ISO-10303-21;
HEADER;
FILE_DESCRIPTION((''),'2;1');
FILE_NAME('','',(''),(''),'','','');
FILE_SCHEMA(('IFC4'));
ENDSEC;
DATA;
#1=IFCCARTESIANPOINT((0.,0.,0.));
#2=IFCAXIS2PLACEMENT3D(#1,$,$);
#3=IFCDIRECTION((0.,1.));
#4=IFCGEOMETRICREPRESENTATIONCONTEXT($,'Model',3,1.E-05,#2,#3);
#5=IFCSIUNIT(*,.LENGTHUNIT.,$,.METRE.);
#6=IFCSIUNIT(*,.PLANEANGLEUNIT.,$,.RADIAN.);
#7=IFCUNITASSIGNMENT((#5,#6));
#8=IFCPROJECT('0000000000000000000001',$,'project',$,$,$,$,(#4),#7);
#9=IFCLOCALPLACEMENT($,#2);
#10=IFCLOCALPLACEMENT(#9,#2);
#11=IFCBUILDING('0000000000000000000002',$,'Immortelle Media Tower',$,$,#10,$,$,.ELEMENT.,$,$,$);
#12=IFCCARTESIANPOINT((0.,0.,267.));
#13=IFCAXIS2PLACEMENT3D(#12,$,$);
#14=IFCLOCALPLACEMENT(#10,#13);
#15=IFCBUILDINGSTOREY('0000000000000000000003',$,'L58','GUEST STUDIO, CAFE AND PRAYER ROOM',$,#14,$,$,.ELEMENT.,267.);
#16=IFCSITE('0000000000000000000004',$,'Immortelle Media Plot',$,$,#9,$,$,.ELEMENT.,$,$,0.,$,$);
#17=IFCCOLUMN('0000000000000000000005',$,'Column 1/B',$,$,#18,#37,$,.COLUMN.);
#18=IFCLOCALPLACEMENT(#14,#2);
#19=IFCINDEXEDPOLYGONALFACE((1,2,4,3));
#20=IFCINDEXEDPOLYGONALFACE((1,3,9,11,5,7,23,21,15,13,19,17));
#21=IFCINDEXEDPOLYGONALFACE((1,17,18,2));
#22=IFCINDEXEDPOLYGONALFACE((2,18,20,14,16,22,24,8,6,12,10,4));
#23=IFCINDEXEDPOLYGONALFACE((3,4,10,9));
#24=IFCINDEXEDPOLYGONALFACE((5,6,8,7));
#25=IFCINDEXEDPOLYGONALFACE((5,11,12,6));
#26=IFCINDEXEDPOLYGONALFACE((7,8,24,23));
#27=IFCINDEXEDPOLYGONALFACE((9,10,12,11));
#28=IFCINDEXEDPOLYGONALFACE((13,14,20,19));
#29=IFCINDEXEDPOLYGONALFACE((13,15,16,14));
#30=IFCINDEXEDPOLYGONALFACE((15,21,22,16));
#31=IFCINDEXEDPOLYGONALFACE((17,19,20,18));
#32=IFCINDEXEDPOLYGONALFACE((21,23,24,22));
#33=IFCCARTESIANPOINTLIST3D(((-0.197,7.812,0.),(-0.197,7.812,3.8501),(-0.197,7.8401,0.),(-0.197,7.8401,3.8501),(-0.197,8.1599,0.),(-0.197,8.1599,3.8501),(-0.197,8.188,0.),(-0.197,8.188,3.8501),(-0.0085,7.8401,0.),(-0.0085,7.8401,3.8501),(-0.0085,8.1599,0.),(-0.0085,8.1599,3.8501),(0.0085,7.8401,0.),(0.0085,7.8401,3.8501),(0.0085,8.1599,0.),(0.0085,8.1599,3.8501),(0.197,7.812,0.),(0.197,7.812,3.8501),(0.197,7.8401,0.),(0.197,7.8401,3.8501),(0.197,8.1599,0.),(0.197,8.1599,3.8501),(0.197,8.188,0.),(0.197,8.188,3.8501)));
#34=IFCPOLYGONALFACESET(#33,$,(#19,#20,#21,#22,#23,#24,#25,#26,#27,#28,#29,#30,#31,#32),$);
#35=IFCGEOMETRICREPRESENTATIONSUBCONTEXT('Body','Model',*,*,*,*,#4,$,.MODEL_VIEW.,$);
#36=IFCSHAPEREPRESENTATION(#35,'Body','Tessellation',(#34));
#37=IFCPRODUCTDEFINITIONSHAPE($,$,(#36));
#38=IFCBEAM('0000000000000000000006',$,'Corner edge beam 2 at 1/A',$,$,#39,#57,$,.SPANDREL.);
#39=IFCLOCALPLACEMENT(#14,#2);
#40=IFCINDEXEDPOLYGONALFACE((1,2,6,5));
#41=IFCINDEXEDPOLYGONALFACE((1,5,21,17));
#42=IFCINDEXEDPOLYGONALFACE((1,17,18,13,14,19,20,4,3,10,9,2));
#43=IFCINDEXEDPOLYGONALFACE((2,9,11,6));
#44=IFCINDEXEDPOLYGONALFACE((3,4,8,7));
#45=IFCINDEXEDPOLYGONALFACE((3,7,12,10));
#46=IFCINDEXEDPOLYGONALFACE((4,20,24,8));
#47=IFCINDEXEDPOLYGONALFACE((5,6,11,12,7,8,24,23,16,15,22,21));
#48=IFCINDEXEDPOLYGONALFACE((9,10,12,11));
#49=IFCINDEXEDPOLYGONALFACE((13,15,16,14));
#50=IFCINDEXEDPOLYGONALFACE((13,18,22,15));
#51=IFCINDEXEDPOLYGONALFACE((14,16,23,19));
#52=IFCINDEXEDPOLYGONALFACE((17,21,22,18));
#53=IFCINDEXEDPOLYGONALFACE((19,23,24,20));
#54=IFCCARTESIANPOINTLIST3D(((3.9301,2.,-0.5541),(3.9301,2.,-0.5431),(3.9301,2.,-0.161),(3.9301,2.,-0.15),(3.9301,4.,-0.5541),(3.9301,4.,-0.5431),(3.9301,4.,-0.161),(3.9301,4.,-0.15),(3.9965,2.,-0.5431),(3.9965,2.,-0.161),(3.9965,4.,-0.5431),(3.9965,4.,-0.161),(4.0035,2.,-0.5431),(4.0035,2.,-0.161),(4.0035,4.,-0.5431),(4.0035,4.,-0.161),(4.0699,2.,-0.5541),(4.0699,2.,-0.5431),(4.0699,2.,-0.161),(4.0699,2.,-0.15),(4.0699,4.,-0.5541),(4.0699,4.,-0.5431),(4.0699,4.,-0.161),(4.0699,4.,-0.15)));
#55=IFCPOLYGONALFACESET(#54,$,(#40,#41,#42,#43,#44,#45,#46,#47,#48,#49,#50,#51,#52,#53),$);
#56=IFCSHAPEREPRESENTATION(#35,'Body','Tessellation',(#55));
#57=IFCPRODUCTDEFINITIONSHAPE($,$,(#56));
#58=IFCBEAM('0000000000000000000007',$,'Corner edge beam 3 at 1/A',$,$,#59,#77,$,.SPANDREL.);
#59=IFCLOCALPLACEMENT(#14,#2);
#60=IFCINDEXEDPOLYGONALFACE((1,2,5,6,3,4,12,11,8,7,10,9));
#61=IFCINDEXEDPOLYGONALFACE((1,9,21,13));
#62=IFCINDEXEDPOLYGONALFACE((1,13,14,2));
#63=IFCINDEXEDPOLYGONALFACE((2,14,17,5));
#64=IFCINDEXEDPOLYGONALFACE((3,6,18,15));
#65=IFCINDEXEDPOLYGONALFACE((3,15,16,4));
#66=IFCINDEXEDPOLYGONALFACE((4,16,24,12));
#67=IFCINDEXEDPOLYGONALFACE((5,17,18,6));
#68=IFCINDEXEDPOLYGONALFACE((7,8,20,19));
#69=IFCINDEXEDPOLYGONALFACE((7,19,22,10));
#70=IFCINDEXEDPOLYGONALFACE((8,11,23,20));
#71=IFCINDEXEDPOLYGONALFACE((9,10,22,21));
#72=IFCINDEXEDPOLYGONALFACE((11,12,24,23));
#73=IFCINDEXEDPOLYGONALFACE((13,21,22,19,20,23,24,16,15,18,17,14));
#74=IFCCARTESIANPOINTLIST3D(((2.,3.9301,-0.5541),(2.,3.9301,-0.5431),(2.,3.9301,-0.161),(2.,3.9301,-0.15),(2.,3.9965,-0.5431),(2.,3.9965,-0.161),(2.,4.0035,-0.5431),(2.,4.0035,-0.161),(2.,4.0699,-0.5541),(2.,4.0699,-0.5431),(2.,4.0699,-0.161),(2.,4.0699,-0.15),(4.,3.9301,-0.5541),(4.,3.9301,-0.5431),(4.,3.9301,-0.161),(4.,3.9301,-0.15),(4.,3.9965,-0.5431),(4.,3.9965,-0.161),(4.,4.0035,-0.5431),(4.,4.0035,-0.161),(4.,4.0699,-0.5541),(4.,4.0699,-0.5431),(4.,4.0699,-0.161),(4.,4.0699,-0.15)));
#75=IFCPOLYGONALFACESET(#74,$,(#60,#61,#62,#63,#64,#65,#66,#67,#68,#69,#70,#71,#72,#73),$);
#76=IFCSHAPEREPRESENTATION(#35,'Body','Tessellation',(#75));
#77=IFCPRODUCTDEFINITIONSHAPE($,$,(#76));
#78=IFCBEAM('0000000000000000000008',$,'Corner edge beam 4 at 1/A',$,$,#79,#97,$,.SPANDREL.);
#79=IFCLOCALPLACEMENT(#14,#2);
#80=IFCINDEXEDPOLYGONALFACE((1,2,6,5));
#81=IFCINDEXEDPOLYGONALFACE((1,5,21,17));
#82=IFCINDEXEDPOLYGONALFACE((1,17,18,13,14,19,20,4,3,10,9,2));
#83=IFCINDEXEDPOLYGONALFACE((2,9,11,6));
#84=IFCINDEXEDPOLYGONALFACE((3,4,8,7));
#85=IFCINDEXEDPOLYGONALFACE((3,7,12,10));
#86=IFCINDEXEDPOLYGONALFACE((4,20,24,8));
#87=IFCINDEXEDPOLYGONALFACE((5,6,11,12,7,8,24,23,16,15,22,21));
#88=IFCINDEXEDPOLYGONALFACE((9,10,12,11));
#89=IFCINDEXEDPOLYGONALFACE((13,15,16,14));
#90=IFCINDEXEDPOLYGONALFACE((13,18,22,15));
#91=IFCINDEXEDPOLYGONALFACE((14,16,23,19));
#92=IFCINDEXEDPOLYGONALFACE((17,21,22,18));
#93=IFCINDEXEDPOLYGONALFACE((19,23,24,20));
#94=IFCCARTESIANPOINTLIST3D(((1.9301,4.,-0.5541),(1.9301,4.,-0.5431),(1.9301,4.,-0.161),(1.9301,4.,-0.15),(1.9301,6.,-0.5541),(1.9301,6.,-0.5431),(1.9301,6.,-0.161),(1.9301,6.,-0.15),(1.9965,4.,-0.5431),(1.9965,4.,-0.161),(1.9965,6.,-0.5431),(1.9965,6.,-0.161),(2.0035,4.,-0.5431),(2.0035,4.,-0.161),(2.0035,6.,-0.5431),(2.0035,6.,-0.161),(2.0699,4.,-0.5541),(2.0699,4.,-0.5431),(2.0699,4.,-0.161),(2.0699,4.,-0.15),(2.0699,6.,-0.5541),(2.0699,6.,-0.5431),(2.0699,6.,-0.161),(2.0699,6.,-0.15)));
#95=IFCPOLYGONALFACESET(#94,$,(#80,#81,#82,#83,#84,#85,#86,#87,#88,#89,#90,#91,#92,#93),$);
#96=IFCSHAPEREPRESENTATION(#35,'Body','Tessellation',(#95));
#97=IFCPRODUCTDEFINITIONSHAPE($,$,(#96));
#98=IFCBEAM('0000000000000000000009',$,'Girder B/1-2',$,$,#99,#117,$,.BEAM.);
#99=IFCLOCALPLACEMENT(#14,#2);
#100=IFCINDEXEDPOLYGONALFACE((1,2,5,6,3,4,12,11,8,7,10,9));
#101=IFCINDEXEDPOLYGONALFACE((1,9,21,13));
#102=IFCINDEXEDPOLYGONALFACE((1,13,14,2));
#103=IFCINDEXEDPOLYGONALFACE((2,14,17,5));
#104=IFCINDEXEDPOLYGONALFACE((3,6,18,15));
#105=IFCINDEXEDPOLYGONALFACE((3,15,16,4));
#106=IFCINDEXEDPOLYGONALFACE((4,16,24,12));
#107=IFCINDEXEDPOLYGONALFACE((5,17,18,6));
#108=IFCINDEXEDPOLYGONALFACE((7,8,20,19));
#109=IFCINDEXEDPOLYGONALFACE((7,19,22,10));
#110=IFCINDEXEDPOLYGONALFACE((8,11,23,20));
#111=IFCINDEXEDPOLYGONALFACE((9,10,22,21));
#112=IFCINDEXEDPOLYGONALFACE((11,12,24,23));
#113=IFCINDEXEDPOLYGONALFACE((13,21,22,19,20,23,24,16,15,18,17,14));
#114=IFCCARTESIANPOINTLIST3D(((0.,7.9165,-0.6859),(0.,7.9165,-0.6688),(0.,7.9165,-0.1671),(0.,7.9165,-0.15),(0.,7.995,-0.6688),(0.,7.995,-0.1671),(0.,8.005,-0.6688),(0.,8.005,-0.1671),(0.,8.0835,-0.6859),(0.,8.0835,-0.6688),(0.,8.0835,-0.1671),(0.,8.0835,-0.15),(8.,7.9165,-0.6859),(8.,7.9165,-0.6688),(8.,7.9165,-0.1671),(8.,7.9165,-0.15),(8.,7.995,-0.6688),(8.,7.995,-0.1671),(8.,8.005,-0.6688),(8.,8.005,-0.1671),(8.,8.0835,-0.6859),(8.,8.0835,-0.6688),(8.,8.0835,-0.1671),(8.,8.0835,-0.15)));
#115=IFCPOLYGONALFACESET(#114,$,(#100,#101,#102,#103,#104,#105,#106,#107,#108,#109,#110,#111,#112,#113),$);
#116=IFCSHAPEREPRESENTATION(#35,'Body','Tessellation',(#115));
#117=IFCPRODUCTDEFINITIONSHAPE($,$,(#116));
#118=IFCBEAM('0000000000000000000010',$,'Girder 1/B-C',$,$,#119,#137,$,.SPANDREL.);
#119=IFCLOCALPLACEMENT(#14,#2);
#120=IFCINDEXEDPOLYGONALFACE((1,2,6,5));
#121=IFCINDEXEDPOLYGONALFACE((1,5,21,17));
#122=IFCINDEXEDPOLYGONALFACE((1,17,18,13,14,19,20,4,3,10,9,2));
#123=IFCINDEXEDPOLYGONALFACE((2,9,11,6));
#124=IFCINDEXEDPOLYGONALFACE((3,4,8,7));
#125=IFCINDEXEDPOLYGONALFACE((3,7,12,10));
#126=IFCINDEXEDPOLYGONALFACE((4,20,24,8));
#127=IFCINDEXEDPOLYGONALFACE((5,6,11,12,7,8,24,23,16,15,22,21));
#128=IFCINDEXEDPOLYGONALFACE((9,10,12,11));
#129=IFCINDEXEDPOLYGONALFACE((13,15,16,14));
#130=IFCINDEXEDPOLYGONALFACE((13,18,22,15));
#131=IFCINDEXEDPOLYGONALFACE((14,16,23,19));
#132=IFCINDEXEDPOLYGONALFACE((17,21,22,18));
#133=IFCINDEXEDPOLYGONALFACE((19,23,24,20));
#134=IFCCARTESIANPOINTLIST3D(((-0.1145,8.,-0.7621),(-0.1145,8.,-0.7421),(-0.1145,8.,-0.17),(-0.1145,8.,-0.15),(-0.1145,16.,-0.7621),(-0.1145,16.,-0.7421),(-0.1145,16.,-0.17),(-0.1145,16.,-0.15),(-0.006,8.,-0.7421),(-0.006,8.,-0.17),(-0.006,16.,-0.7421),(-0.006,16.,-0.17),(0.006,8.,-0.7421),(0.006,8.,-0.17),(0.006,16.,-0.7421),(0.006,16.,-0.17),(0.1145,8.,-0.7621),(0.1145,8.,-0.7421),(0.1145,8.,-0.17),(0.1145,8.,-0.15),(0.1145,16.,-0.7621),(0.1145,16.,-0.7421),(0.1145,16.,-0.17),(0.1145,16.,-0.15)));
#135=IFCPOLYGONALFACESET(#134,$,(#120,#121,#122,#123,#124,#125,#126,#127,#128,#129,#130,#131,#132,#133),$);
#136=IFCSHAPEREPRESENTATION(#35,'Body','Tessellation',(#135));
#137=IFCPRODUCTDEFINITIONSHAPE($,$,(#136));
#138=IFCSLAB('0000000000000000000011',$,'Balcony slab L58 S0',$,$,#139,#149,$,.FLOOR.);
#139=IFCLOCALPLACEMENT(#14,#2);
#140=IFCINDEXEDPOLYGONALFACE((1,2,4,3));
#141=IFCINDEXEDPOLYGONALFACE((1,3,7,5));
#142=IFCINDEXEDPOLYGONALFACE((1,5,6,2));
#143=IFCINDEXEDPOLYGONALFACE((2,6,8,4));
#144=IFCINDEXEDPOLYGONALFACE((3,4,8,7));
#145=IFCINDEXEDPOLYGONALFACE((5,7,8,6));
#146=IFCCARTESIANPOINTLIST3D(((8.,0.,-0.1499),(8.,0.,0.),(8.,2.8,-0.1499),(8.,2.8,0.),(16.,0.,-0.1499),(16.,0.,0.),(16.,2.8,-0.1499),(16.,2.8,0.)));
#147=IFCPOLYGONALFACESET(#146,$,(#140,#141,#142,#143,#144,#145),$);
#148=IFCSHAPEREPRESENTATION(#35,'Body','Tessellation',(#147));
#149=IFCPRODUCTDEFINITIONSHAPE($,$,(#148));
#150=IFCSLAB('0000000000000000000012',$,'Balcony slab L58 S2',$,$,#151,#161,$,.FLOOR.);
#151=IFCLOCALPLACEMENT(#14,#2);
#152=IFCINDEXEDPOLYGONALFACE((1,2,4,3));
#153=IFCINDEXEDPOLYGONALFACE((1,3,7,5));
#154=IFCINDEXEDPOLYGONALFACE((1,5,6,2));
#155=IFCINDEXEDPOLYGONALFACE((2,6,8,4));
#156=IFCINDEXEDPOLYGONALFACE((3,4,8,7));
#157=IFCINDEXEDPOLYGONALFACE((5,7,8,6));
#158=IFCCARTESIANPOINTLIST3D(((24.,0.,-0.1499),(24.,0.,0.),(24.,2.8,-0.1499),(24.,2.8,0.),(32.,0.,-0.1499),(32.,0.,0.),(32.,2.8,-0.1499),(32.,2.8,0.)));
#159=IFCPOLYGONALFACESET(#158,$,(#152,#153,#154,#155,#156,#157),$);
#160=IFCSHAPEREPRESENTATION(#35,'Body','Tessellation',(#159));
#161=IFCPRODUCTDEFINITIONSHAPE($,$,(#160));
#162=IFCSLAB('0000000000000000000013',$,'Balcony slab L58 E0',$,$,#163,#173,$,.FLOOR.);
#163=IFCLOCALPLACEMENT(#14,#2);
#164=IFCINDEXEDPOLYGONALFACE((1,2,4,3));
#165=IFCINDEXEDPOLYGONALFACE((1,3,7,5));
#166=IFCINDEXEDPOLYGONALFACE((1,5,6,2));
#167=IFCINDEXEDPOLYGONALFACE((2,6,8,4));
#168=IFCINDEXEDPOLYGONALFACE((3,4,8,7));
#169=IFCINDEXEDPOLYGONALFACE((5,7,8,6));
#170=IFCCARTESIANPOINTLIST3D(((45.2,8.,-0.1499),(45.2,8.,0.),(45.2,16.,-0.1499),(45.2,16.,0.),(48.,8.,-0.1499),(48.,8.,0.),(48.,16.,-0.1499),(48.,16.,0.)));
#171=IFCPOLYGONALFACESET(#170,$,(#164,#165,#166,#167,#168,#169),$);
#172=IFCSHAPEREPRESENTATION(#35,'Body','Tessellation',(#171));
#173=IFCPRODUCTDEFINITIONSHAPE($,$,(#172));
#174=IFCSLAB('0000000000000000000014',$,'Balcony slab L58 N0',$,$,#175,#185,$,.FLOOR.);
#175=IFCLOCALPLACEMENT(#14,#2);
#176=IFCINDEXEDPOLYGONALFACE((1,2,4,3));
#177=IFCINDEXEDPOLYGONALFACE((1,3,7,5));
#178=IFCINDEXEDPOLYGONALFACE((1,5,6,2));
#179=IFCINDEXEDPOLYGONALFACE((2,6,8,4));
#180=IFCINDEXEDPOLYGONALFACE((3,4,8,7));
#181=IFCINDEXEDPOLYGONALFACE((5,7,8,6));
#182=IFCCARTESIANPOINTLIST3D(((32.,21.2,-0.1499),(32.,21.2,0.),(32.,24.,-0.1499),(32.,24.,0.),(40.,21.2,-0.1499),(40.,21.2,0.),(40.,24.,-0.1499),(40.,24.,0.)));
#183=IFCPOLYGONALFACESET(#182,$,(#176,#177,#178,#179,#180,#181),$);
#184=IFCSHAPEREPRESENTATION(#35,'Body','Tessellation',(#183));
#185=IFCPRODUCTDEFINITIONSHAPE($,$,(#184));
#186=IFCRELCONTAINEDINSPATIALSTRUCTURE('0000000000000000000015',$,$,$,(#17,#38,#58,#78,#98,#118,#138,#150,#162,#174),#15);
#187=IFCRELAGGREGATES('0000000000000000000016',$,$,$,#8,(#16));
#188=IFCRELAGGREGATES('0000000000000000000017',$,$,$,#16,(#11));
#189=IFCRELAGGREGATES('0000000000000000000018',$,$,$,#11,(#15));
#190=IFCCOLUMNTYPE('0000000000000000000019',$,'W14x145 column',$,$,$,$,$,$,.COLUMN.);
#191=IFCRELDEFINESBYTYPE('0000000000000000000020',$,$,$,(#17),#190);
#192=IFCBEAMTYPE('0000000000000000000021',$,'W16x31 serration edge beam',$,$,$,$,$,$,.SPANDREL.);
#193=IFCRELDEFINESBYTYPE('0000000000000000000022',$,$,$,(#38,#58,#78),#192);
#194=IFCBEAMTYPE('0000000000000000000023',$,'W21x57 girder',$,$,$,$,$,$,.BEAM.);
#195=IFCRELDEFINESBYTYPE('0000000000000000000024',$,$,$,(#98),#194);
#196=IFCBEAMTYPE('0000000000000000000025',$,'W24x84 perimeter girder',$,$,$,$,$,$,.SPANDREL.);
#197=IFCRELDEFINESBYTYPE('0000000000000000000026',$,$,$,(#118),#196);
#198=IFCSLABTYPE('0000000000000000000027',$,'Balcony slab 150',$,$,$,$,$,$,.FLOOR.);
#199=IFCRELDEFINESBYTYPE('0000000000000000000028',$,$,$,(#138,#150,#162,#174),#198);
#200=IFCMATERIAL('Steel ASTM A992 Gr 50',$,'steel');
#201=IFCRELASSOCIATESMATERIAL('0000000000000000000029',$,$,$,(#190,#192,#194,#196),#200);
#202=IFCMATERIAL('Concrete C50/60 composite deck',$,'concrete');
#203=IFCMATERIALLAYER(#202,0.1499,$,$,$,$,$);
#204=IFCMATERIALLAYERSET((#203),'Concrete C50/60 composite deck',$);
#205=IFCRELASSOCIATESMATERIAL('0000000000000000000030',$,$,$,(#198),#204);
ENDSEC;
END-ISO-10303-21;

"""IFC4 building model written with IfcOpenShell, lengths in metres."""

from ifc_helpers import new_model, si_unit, direction, frame, origin, origin_2d, place, context, subcontext, project, spatial, polyline, i_section, outline, extrude, material, layer, layer_set, material_profile, profile_set, type_object, element, save


model = new_model("IFC4")

# Units and contexts
model_context = context("Model", 3, precision=1e-05, world=origin(), true_north=direction((0.0, 1.0)))
body_context = subcontext(model_context, "Body", "Model", "MODEL_VIEW")
ifc_project = project(units=[si_unit("LENGTHUNIT", "METRE"), si_unit("PLANEANGLEUNIT", "RADIAN")], contexts=[model_context])

# Site, building, storey
site_placement = place(None, origin())
site = spatial("IfcSite", under=ifc_project, at=site_placement, Name="Immortelle Media Plot", CompositionType="ELEMENT", RefElevation=0.0)
building_placement = place(site_placement, origin())
building = spatial("IfcBuilding", under=site, at=building_placement, Name="Immortelle Media Tower", CompositionType="ELEMENT")
storey_placement = place(building_placement, frame((0.0, 0.0, 267.0)))
storey = spatial("IfcBuildingStorey", under=building, at=storey_placement, Name="L58", Description="GUEST STUDIO, CAFE AND PRAYER ROOM", CompositionType="ELEMENT", Elevation=267.0)

# Column
ifc_material_1 = material(Name="Steel ASTM A992 Gr 50", Category="steel")
ifc_material_profile_1 = material_profile(ifc_material_1, i_section(OverallWidth=0.394, OverallDepth=0.376, WebThickness=0.0171, FlangeThickness=0.0281, at=origin_2d()), Name="W14x145")
ifc_profile_set_1 = profile_set([ifc_material_profile_1], Name="Steel ASTM A992 Gr 50")
column_type = type_object("IfcColumnType", Name="W14x145 column", PredefinedType="COLUMN", material=ifc_profile_set_1)
column_placement = place(storey_placement, frame((0.0, 8.0, 0.0), z_axis=(0.0, 0.0, 1.0), x_axis=(1.0, 0.0, 0.0)))
element("IfcColumn", 1, at=column_placement, inside=storey, type_object=column_type, Name="Column 1/B", PredefinedType="COLUMN", context=body_context, shape_type="SweptSolid", body=[
    extrude(i_section(OverallWidth=0.394, OverallDepth=0.376, WebThickness=0.0171, FlangeThickness=0.0281, at=origin_2d()), origin(), (0.0, 0.0, 1.0), 3.8501),
])

# Beams
ifc_material_profile_2 = material_profile(ifc_material_1, i_section(OverallWidth=0.1399, OverallDepth=0.4041, WebThickness=0.0071, FlangeThickness=0.011, at=origin_2d()), Name="W16x31")
ifc_profile_set_2 = profile_set([ifc_material_profile_2], Name="Steel ASTM A992 Gr 50")
beam_type_1 = type_object("IfcBeamType", Name="W16x31 serration edge beam", PredefinedType="SPANDREL", material=ifc_profile_set_2)
for number, where, z_axis, x_axis, name in (
    (2, (4.0, 2.0, -0.3521), (0.0, 1.0, 0.0), (-1.0, 0.0, 0.0), "Corner edge beam 2 at 1/A"),
    (3, (4.0, 4.0, -0.3521), (-1.0, 0.0, 0.0), (0.0, -1.0, 0.0), "Corner edge beam 3 at 1/A"),
    (4, (2.0, 4.0, -0.3521), (0.0, 1.0, 0.0), (-1.0, 0.0, 0.0), "Corner edge beam 4 at 1/A"),
):
    element("IfcBeam", number, at=place(storey_placement, frame(where, z_axis=z_axis, x_axis=x_axis)), inside=storey, type_object=beam_type_1, Name=name, PredefinedType="SPANDREL", context=body_context, shape_type="SweptSolid", body=[
        extrude(i_section(OverallWidth=0.1399, OverallDepth=0.4041, WebThickness=0.0071, FlangeThickness=0.011, at=origin_2d()), origin(), (0.0, 0.0, 1.0), 2.0),
    ])
ifc_material_profile_3 = material_profile(ifc_material_1, i_section(OverallWidth=0.167, OverallDepth=0.5359, WebThickness=0.01, FlangeThickness=0.0171, at=origin_2d()), Name="W21x57")
ifc_profile_set_3 = profile_set([ifc_material_profile_3], Name="Steel ASTM A992 Gr 50")
beam_type_2 = type_object("IfcBeamType", Name="W21x57 girder", PredefinedType="BEAM", material=ifc_profile_set_3)
beam_1_placement = place(storey_placement, frame((0.0, 8.0, -0.418), z_axis=(1.0, 0.0, 0.0), x_axis=(0.0, 1.0, 0.0)))
element("IfcBeam", 5, at=beam_1_placement, inside=storey, type_object=beam_type_2, Name="Girder B/1-2", PredefinedType="BEAM", context=body_context, shape_type="SweptSolid", body=[
    extrude(i_section(OverallWidth=0.167, OverallDepth=0.5359, WebThickness=0.01, FlangeThickness=0.0171, at=origin_2d()), origin(), (0.0, 0.0, 1.0), 8.0),
])
ifc_material_profile_4 = material_profile(ifc_material_1, i_section(OverallWidth=0.229, OverallDepth=0.6121, WebThickness=0.012, FlangeThickness=0.02, at=origin_2d()), Name="W24x84")
ifc_profile_set_4 = profile_set([ifc_material_profile_4], Name="Steel ASTM A992 Gr 50")
beam_type_3 = type_object("IfcBeamType", Name="W24x84 perimeter girder", PredefinedType="SPANDREL", material=ifc_profile_set_4)
beam_2_placement = place(storey_placement, frame((0.0, 8.0, -0.4561), z_axis=(0.0, 1.0, 0.0), x_axis=(-1.0, 0.0, 0.0)))
element("IfcBeam", 6, at=beam_2_placement, inside=storey, type_object=beam_type_3, Name="Girder 1/B-C", PredefinedType="SPANDREL", context=body_context, shape_type="SweptSolid", body=[
    extrude(i_section(OverallWidth=0.229, OverallDepth=0.6121, WebThickness=0.012, FlangeThickness=0.02, at=origin_2d()), origin(), (0.0, 0.0, 1.0), 8.0),
])

# Slabs
ifc_material_2 = material(Name="Concrete C50/60 composite deck", Category="concrete")
ifc_layer_1 = layer(ifc_material_2, 0.1499)
ifc_layer_set_1 = layer_set([ifc_layer_1], Name="Concrete C50/60 composite deck")
slab_type_1 = type_object("IfcSlabType", Name="Balcony slab 150", PredefinedType="FLOOR", material=ifc_layer_set_1)
slab_1_placement = place(storey_placement, frame((0.0, 0.0, -0.1499)))
element("IfcSlab", 7, at=slab_1_placement, inside=storey, type_object=slab_type_1, Name="Balcony slab L58 S0", PredefinedType="FLOOR", context=body_context, shape_type="SweptSolid", body=[
    extrude(outline(polyline([(16.0, 0.0), (16.0, 2.8), (8.0, 2.8), (8.0, 0.0), (16.0, 0.0)])), origin(), (0.0, 0.0, 1.0), 0.1499),
])
slab_2_placement = place(storey_placement, frame((0.0, 0.0, -0.1499)))
element("IfcSlab", 8, at=slab_2_placement, inside=storey, type_object=slab_type_1, Name="Balcony slab L58 S2", PredefinedType="FLOOR", context=body_context, shape_type="SweptSolid", body=[
    extrude(outline(polyline([(32.0, 0.0), (32.0, 2.8), (24.0, 2.8), (24.0, 0.0), (32.0, 0.0)])), origin(), (0.0, 0.0, 1.0), 0.1499),
])
slab_3_placement = place(storey_placement, frame((0.0, 0.0, -0.1499)))
element("IfcSlab", 9, at=slab_3_placement, inside=storey, type_object=slab_type_1, Name="Balcony slab L58 E0", PredefinedType="FLOOR", context=body_context, shape_type="SweptSolid", body=[
    extrude(outline(polyline([(48.0, 8.0), (48.0, 16.0), (45.2, 16.0), (45.2, 8.0), (48.0, 8.0)])), origin(), (0.0, 0.0, 1.0), 0.1499),
])
slab_4_placement = place(storey_placement, frame((0.0, 0.0, -0.1499)))
element("IfcSlab", 10, at=slab_4_placement, inside=storey, type_object=slab_type_1, Name="Balcony slab L58 N0", PredefinedType="FLOOR", context=body_context, shape_type="SweptSolid", body=[
    extrude(outline(polyline([(40.0, 21.2), (40.0, 24.0), (32.0, 24.0), (32.0, 21.2), (40.0, 21.2)])), origin(), (0.0, 0.0, 1.0), 0.1499),
])

save(model, "model.ifc")
